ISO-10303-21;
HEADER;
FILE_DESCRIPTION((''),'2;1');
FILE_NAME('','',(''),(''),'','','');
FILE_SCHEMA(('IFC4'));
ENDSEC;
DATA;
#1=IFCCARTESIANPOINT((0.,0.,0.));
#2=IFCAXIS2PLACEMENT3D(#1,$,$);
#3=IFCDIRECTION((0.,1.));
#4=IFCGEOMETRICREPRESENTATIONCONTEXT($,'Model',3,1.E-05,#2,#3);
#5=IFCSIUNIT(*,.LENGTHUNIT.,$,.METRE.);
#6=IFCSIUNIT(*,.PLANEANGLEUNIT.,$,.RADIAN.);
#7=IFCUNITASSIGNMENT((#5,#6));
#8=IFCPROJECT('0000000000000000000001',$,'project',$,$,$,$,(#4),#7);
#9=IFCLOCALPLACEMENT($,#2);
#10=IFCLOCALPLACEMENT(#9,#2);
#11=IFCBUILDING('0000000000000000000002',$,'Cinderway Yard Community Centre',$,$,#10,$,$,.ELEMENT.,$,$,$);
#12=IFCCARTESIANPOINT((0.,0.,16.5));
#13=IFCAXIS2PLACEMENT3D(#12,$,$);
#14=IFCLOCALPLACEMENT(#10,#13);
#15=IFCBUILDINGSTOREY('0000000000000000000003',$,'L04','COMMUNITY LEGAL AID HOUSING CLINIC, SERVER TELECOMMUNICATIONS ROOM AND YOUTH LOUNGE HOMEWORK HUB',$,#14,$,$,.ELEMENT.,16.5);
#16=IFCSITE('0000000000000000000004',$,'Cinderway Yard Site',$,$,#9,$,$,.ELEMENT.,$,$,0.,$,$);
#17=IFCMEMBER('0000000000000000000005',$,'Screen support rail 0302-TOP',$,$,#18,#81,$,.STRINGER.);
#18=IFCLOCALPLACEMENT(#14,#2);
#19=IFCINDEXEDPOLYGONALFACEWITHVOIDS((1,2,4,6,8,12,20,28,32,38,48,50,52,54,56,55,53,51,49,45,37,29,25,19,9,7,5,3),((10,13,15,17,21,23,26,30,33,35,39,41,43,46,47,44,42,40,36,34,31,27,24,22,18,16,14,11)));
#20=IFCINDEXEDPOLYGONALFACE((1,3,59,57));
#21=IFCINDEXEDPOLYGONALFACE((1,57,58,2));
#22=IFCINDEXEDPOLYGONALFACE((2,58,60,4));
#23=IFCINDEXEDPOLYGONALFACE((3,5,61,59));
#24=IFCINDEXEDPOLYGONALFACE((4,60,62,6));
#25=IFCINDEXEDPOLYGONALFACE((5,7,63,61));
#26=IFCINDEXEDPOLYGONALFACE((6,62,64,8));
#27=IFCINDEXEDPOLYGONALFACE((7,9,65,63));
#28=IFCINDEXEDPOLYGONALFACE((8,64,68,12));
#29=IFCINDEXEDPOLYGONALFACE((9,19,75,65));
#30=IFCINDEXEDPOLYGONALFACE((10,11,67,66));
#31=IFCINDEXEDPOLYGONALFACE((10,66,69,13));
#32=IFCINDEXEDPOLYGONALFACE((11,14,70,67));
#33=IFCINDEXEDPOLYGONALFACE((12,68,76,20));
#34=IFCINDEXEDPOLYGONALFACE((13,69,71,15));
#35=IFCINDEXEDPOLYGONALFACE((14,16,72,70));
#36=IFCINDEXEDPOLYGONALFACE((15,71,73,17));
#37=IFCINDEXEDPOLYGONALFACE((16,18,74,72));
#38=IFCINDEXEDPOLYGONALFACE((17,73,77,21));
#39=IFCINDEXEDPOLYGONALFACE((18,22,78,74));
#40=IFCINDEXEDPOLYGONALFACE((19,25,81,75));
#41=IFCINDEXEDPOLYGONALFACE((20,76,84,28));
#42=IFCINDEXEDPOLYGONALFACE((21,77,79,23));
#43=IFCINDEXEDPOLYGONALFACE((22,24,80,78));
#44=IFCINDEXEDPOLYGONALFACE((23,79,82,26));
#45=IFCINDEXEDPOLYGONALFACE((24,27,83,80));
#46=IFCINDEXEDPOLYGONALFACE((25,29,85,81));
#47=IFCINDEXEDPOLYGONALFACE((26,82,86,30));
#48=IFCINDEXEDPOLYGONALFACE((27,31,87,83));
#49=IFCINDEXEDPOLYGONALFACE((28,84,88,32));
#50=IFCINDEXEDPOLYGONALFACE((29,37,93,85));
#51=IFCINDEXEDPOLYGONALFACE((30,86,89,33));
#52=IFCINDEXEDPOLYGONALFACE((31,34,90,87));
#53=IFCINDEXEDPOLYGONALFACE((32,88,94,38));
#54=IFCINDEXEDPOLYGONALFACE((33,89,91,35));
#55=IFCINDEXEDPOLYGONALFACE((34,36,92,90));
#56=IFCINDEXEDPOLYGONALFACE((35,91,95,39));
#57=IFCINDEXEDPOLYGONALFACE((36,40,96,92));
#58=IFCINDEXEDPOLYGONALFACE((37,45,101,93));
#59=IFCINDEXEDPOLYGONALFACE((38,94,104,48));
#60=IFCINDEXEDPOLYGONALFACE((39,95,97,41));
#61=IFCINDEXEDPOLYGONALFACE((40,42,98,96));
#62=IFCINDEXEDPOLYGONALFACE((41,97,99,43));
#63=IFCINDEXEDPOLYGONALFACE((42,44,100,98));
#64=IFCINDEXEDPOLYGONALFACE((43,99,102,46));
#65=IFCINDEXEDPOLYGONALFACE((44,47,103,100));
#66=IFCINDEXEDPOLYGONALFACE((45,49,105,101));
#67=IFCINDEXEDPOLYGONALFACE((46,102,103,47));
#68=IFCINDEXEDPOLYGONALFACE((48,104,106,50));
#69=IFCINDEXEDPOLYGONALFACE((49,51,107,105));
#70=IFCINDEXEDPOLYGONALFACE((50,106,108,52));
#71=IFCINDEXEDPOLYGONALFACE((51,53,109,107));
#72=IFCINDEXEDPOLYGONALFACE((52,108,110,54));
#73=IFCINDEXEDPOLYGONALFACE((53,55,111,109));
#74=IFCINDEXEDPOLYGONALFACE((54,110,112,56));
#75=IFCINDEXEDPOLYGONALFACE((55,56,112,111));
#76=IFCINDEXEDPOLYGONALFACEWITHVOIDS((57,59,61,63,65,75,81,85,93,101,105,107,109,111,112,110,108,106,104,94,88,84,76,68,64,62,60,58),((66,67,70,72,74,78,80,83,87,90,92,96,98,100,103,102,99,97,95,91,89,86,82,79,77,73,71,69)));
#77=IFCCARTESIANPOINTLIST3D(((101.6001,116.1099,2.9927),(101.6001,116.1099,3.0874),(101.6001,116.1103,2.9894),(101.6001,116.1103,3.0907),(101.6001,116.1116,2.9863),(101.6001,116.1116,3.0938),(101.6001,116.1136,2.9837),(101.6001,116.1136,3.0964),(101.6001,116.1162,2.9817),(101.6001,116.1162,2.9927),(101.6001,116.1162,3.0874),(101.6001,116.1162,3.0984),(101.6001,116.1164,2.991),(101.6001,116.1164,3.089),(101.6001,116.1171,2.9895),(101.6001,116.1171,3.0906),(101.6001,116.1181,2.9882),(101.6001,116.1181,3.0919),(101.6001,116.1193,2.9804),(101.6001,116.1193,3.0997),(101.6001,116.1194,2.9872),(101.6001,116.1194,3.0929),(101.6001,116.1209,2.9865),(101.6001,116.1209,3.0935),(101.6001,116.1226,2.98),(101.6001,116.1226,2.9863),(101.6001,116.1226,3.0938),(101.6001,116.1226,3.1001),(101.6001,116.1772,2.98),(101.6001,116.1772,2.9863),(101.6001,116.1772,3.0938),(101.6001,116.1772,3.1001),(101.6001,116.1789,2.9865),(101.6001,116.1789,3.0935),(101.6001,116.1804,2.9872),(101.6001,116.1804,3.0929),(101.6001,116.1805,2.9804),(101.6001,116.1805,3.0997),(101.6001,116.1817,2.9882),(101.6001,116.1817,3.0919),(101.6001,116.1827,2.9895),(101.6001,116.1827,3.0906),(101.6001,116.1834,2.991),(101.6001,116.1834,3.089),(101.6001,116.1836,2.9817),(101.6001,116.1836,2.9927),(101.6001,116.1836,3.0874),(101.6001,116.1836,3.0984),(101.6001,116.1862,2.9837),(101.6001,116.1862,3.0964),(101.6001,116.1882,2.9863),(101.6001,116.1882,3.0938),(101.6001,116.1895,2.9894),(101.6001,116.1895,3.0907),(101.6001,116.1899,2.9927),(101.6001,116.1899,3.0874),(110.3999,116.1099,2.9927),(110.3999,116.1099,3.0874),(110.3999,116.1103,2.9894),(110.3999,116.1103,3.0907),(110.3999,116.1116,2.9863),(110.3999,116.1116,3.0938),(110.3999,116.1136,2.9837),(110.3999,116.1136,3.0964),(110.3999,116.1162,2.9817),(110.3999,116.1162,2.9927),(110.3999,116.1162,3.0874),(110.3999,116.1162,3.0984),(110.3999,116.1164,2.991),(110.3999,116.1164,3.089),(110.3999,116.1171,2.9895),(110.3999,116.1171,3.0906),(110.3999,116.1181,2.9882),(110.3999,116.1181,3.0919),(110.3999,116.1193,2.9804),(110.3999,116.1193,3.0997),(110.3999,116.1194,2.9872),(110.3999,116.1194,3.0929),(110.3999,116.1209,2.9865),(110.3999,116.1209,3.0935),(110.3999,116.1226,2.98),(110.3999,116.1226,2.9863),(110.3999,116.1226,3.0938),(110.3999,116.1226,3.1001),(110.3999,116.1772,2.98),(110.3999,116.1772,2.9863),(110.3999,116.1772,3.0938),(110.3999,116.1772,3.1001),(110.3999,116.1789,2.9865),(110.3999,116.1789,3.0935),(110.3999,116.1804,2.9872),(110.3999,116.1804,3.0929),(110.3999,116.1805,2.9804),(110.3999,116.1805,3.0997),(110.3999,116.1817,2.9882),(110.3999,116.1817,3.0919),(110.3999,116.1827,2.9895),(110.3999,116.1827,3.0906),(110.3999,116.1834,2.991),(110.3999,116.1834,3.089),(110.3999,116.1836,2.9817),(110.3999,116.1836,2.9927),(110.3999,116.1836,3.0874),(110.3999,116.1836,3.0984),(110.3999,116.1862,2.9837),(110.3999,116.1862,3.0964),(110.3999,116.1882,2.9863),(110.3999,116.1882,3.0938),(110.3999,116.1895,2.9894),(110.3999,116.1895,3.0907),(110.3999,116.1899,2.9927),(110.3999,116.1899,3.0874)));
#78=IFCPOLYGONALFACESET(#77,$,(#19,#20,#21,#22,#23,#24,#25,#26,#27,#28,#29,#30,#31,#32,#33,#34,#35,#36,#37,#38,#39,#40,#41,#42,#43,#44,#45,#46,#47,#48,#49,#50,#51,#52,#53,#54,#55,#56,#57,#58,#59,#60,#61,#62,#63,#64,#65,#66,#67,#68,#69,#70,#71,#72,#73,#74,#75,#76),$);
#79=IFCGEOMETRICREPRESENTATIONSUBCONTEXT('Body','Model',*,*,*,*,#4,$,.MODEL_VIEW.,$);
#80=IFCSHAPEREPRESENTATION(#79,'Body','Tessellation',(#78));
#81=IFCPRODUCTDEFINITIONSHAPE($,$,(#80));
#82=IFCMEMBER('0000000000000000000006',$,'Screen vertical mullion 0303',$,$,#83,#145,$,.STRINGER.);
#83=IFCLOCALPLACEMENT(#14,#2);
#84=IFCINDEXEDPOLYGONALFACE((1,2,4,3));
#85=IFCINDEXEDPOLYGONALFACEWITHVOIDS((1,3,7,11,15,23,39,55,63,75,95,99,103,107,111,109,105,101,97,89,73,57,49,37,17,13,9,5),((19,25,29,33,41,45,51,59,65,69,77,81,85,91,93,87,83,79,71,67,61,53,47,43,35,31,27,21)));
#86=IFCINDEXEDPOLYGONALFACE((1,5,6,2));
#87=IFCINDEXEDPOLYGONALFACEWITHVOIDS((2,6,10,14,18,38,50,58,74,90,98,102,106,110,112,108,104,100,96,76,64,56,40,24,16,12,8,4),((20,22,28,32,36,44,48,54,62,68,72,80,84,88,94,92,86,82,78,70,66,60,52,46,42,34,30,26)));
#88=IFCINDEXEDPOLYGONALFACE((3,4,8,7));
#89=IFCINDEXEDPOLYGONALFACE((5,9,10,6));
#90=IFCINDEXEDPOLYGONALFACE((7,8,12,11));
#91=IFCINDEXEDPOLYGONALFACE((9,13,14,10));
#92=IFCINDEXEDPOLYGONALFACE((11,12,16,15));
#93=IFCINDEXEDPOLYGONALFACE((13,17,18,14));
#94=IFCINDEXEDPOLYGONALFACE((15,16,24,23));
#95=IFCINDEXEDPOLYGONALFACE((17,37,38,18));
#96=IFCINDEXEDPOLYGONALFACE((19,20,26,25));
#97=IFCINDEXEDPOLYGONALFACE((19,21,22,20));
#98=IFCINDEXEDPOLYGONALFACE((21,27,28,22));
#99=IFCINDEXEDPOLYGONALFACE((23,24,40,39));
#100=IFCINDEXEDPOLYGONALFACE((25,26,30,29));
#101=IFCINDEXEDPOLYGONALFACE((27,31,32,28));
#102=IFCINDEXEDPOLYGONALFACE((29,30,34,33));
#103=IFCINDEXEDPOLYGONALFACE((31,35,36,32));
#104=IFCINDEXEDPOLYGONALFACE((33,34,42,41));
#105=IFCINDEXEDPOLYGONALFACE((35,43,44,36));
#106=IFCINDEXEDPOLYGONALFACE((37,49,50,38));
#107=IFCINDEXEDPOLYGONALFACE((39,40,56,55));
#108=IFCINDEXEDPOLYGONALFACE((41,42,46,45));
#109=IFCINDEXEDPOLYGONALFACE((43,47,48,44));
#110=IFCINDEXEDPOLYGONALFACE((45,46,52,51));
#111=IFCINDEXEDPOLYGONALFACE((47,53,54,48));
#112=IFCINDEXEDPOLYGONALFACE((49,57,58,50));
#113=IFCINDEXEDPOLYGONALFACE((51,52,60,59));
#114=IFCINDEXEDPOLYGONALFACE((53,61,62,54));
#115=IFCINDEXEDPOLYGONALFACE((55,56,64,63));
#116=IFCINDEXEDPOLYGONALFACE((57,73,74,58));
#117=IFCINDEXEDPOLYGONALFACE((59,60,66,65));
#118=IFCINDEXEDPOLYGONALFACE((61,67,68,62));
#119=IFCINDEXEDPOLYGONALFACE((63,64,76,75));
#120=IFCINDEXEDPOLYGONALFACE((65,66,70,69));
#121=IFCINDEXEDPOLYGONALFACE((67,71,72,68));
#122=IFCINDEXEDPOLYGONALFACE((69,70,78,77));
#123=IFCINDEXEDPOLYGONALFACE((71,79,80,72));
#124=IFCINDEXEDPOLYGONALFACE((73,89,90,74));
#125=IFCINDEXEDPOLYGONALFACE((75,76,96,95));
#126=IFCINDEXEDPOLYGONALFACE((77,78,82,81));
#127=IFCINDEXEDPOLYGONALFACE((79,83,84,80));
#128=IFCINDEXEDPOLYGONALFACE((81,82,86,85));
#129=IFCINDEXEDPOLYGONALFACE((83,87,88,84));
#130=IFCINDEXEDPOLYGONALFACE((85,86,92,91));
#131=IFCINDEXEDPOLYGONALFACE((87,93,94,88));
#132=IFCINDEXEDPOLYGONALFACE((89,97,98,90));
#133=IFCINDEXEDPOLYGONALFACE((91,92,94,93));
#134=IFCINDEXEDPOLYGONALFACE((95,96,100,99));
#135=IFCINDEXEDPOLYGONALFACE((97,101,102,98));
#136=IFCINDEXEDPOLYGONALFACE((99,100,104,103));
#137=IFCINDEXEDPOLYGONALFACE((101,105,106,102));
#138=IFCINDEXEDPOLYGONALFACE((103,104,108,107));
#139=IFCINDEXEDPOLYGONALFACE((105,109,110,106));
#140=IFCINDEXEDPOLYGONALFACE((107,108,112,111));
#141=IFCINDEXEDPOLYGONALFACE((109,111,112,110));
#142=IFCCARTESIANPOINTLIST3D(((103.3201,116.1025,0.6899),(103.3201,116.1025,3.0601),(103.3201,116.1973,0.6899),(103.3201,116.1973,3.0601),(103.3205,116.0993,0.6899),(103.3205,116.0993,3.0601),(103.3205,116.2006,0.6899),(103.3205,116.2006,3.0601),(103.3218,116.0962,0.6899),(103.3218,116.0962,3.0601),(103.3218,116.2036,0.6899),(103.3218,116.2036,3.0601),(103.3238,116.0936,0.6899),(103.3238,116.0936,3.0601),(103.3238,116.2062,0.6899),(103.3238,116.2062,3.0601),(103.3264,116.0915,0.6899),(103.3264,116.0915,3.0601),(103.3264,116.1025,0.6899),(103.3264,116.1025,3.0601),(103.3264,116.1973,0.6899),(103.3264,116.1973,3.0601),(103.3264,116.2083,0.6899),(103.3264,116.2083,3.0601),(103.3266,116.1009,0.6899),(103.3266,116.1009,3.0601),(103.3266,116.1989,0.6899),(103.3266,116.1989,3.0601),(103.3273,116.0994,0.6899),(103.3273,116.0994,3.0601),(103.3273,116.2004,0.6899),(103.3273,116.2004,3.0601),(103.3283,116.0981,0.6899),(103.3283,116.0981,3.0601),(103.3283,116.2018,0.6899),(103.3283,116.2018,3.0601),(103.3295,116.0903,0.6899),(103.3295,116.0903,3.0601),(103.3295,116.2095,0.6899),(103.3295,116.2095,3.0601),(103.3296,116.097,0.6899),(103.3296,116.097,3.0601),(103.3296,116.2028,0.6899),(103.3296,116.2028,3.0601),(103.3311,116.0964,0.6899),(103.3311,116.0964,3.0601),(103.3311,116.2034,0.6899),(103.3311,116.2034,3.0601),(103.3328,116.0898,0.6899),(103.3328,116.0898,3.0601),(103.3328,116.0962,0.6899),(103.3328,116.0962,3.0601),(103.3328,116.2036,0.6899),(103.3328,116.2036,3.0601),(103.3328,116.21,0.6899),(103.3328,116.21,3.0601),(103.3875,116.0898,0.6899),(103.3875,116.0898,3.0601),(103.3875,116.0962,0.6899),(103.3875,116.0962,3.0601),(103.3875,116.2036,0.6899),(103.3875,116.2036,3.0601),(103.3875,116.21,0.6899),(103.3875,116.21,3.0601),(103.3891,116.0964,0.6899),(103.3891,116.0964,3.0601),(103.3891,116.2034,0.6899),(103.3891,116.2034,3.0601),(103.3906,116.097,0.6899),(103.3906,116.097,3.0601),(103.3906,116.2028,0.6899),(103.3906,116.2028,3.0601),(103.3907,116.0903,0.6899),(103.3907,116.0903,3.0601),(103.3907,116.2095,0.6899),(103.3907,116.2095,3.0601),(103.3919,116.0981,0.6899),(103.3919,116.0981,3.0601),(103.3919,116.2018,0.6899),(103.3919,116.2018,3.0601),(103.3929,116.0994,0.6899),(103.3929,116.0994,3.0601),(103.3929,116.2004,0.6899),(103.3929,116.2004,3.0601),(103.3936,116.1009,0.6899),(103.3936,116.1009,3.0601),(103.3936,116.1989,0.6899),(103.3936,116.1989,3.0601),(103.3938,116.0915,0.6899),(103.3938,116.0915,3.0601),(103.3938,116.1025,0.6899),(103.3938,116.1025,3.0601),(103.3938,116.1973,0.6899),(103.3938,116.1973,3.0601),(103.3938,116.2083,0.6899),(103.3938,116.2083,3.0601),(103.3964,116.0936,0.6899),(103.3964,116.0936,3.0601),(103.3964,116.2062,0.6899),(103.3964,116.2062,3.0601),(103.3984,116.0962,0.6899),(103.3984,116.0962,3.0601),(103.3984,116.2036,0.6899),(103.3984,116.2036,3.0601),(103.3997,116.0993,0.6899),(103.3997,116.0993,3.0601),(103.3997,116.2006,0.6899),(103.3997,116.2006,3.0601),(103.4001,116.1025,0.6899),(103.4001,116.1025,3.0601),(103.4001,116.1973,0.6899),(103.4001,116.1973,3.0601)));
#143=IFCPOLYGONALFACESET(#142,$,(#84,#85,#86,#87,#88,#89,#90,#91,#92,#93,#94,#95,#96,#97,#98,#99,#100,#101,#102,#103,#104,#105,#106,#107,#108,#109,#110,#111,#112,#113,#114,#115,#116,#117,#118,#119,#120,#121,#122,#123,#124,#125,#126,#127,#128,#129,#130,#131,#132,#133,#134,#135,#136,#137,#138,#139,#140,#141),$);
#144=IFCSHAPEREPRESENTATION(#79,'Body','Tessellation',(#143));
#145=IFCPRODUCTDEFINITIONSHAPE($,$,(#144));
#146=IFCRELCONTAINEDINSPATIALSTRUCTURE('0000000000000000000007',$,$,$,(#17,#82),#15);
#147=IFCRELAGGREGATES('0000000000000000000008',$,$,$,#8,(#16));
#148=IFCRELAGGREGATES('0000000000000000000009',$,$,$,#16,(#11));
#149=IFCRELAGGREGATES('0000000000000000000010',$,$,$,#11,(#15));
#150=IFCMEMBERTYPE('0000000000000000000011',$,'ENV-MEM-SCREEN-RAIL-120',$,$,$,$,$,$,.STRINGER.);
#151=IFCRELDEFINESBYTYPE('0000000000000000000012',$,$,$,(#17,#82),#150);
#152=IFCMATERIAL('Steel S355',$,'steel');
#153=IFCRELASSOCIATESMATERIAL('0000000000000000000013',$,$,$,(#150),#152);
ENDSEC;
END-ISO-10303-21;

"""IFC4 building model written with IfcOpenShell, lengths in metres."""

from ifc_helpers import new_model, si_unit, direction, frame, origin, origin_2d, place, context, subcontext, project, spatial, hollow_rectangle, extrude, material, material_profile, profile_set, type_object, element, save


model = new_model("IFC4")

# Units and contexts
model_context = context("Model", 3, precision=1e-05, world=origin(), true_north=direction((0.0, 1.0)))
body_context = subcontext(model_context, "Body", "Model", "MODEL_VIEW")
ifc_project = project(units=[si_unit("LENGTHUNIT", "METRE"), si_unit("PLANEANGLEUNIT", "RADIAN")], contexts=[model_context])

# Site, building, storey
site_placement = place(None, origin())
site = spatial("IfcSite", under=ifc_project, at=site_placement, Name="Cinderway Yard Site", CompositionType="ELEMENT", RefElevation=0.0)
building_placement = place(site_placement, origin())
building = spatial("IfcBuilding", under=site, at=building_placement, Name="Cinderway Yard Community Centre", CompositionType="ELEMENT")
storey_placement = place(building_placement, frame((0.0, 0.0, 16.5)))
storey = spatial("IfcBuildingStorey", under=building, at=storey_placement, Name="L04", Description="COMMUNITY LEGAL AID HOUSING CLINIC, SERVER TELECOMMUNICATIONS ROOM AND YOUTH LOUNGE HOMEWORK HUB", CompositionType="ELEMENT", Elevation=16.5)

# Members
ifc_material_1 = material(Name="Steel S355", Category="steel")
ifc_material_profile_1 = material_profile(ifc_material_1, hollow_rectangle(XDim=0.0801, YDim=0.1201, WallThickness=0.0063, InnerFilletRadius=0.0063, OuterFilletRadius=0.0127, at=origin_2d()), Name="Steel S355")
ifc_profile_set_1 = profile_set([ifc_material_profile_1], Name="Steel S355")
member_type_1 = type_object("IfcMemberType", Name="ENV-MEM-SCREEN-RAIL-120", PredefinedType="STRINGER", material=ifc_profile_set_1)
for number, where, z_axis, x_axis, name in (
    (1, (101.6001, 116.1499, 3.04), (1.0, 0.0, 0.0), (0.0, 1.0, 0.0), "Screen support rail 0302-TOP"),
):
    element("IfcMember", number, at=place(storey_placement, frame(where, z_axis=z_axis, x_axis=x_axis)), inside=storey, type_object=member_type_1, Name=name, PredefinedType="STRINGER", context=body_context, shape_type="SweptSolid", body=[
        extrude(hollow_rectangle(XDim=0.0801, YDim=0.1201, WallThickness=0.0063, InnerFilletRadius=0.0063, OuterFilletRadius=0.0127, at=origin_2d()), origin(), (0.0, 0.0, 1.0), 8.7998),
    ])
for number, where, z_axis, x_axis, name in (
    (2, (103.3601, 116.1499, 0.6899), (0.0, 0.0, 1.0), (1.0, 0.0, 0.0), "Screen vertical mullion 0303"),
):
    element("IfcMember", number, at=place(storey_placement, frame(where, z_axis=z_axis, x_axis=x_axis)), inside=storey, type_object=member_type_1, Name=name, PredefinedType="STRINGER", context=body_context, shape_type="SweptSolid", body=[
        extrude(hollow_rectangle(XDim=0.0801, YDim=0.1201, WallThickness=0.0063, InnerFilletRadius=0.0063, OuterFilletRadius=0.0127, at=origin_2d()), origin(), (0.0, 0.0, 1.0), 2.3701),
    ])

save(model, "model.ifc")
